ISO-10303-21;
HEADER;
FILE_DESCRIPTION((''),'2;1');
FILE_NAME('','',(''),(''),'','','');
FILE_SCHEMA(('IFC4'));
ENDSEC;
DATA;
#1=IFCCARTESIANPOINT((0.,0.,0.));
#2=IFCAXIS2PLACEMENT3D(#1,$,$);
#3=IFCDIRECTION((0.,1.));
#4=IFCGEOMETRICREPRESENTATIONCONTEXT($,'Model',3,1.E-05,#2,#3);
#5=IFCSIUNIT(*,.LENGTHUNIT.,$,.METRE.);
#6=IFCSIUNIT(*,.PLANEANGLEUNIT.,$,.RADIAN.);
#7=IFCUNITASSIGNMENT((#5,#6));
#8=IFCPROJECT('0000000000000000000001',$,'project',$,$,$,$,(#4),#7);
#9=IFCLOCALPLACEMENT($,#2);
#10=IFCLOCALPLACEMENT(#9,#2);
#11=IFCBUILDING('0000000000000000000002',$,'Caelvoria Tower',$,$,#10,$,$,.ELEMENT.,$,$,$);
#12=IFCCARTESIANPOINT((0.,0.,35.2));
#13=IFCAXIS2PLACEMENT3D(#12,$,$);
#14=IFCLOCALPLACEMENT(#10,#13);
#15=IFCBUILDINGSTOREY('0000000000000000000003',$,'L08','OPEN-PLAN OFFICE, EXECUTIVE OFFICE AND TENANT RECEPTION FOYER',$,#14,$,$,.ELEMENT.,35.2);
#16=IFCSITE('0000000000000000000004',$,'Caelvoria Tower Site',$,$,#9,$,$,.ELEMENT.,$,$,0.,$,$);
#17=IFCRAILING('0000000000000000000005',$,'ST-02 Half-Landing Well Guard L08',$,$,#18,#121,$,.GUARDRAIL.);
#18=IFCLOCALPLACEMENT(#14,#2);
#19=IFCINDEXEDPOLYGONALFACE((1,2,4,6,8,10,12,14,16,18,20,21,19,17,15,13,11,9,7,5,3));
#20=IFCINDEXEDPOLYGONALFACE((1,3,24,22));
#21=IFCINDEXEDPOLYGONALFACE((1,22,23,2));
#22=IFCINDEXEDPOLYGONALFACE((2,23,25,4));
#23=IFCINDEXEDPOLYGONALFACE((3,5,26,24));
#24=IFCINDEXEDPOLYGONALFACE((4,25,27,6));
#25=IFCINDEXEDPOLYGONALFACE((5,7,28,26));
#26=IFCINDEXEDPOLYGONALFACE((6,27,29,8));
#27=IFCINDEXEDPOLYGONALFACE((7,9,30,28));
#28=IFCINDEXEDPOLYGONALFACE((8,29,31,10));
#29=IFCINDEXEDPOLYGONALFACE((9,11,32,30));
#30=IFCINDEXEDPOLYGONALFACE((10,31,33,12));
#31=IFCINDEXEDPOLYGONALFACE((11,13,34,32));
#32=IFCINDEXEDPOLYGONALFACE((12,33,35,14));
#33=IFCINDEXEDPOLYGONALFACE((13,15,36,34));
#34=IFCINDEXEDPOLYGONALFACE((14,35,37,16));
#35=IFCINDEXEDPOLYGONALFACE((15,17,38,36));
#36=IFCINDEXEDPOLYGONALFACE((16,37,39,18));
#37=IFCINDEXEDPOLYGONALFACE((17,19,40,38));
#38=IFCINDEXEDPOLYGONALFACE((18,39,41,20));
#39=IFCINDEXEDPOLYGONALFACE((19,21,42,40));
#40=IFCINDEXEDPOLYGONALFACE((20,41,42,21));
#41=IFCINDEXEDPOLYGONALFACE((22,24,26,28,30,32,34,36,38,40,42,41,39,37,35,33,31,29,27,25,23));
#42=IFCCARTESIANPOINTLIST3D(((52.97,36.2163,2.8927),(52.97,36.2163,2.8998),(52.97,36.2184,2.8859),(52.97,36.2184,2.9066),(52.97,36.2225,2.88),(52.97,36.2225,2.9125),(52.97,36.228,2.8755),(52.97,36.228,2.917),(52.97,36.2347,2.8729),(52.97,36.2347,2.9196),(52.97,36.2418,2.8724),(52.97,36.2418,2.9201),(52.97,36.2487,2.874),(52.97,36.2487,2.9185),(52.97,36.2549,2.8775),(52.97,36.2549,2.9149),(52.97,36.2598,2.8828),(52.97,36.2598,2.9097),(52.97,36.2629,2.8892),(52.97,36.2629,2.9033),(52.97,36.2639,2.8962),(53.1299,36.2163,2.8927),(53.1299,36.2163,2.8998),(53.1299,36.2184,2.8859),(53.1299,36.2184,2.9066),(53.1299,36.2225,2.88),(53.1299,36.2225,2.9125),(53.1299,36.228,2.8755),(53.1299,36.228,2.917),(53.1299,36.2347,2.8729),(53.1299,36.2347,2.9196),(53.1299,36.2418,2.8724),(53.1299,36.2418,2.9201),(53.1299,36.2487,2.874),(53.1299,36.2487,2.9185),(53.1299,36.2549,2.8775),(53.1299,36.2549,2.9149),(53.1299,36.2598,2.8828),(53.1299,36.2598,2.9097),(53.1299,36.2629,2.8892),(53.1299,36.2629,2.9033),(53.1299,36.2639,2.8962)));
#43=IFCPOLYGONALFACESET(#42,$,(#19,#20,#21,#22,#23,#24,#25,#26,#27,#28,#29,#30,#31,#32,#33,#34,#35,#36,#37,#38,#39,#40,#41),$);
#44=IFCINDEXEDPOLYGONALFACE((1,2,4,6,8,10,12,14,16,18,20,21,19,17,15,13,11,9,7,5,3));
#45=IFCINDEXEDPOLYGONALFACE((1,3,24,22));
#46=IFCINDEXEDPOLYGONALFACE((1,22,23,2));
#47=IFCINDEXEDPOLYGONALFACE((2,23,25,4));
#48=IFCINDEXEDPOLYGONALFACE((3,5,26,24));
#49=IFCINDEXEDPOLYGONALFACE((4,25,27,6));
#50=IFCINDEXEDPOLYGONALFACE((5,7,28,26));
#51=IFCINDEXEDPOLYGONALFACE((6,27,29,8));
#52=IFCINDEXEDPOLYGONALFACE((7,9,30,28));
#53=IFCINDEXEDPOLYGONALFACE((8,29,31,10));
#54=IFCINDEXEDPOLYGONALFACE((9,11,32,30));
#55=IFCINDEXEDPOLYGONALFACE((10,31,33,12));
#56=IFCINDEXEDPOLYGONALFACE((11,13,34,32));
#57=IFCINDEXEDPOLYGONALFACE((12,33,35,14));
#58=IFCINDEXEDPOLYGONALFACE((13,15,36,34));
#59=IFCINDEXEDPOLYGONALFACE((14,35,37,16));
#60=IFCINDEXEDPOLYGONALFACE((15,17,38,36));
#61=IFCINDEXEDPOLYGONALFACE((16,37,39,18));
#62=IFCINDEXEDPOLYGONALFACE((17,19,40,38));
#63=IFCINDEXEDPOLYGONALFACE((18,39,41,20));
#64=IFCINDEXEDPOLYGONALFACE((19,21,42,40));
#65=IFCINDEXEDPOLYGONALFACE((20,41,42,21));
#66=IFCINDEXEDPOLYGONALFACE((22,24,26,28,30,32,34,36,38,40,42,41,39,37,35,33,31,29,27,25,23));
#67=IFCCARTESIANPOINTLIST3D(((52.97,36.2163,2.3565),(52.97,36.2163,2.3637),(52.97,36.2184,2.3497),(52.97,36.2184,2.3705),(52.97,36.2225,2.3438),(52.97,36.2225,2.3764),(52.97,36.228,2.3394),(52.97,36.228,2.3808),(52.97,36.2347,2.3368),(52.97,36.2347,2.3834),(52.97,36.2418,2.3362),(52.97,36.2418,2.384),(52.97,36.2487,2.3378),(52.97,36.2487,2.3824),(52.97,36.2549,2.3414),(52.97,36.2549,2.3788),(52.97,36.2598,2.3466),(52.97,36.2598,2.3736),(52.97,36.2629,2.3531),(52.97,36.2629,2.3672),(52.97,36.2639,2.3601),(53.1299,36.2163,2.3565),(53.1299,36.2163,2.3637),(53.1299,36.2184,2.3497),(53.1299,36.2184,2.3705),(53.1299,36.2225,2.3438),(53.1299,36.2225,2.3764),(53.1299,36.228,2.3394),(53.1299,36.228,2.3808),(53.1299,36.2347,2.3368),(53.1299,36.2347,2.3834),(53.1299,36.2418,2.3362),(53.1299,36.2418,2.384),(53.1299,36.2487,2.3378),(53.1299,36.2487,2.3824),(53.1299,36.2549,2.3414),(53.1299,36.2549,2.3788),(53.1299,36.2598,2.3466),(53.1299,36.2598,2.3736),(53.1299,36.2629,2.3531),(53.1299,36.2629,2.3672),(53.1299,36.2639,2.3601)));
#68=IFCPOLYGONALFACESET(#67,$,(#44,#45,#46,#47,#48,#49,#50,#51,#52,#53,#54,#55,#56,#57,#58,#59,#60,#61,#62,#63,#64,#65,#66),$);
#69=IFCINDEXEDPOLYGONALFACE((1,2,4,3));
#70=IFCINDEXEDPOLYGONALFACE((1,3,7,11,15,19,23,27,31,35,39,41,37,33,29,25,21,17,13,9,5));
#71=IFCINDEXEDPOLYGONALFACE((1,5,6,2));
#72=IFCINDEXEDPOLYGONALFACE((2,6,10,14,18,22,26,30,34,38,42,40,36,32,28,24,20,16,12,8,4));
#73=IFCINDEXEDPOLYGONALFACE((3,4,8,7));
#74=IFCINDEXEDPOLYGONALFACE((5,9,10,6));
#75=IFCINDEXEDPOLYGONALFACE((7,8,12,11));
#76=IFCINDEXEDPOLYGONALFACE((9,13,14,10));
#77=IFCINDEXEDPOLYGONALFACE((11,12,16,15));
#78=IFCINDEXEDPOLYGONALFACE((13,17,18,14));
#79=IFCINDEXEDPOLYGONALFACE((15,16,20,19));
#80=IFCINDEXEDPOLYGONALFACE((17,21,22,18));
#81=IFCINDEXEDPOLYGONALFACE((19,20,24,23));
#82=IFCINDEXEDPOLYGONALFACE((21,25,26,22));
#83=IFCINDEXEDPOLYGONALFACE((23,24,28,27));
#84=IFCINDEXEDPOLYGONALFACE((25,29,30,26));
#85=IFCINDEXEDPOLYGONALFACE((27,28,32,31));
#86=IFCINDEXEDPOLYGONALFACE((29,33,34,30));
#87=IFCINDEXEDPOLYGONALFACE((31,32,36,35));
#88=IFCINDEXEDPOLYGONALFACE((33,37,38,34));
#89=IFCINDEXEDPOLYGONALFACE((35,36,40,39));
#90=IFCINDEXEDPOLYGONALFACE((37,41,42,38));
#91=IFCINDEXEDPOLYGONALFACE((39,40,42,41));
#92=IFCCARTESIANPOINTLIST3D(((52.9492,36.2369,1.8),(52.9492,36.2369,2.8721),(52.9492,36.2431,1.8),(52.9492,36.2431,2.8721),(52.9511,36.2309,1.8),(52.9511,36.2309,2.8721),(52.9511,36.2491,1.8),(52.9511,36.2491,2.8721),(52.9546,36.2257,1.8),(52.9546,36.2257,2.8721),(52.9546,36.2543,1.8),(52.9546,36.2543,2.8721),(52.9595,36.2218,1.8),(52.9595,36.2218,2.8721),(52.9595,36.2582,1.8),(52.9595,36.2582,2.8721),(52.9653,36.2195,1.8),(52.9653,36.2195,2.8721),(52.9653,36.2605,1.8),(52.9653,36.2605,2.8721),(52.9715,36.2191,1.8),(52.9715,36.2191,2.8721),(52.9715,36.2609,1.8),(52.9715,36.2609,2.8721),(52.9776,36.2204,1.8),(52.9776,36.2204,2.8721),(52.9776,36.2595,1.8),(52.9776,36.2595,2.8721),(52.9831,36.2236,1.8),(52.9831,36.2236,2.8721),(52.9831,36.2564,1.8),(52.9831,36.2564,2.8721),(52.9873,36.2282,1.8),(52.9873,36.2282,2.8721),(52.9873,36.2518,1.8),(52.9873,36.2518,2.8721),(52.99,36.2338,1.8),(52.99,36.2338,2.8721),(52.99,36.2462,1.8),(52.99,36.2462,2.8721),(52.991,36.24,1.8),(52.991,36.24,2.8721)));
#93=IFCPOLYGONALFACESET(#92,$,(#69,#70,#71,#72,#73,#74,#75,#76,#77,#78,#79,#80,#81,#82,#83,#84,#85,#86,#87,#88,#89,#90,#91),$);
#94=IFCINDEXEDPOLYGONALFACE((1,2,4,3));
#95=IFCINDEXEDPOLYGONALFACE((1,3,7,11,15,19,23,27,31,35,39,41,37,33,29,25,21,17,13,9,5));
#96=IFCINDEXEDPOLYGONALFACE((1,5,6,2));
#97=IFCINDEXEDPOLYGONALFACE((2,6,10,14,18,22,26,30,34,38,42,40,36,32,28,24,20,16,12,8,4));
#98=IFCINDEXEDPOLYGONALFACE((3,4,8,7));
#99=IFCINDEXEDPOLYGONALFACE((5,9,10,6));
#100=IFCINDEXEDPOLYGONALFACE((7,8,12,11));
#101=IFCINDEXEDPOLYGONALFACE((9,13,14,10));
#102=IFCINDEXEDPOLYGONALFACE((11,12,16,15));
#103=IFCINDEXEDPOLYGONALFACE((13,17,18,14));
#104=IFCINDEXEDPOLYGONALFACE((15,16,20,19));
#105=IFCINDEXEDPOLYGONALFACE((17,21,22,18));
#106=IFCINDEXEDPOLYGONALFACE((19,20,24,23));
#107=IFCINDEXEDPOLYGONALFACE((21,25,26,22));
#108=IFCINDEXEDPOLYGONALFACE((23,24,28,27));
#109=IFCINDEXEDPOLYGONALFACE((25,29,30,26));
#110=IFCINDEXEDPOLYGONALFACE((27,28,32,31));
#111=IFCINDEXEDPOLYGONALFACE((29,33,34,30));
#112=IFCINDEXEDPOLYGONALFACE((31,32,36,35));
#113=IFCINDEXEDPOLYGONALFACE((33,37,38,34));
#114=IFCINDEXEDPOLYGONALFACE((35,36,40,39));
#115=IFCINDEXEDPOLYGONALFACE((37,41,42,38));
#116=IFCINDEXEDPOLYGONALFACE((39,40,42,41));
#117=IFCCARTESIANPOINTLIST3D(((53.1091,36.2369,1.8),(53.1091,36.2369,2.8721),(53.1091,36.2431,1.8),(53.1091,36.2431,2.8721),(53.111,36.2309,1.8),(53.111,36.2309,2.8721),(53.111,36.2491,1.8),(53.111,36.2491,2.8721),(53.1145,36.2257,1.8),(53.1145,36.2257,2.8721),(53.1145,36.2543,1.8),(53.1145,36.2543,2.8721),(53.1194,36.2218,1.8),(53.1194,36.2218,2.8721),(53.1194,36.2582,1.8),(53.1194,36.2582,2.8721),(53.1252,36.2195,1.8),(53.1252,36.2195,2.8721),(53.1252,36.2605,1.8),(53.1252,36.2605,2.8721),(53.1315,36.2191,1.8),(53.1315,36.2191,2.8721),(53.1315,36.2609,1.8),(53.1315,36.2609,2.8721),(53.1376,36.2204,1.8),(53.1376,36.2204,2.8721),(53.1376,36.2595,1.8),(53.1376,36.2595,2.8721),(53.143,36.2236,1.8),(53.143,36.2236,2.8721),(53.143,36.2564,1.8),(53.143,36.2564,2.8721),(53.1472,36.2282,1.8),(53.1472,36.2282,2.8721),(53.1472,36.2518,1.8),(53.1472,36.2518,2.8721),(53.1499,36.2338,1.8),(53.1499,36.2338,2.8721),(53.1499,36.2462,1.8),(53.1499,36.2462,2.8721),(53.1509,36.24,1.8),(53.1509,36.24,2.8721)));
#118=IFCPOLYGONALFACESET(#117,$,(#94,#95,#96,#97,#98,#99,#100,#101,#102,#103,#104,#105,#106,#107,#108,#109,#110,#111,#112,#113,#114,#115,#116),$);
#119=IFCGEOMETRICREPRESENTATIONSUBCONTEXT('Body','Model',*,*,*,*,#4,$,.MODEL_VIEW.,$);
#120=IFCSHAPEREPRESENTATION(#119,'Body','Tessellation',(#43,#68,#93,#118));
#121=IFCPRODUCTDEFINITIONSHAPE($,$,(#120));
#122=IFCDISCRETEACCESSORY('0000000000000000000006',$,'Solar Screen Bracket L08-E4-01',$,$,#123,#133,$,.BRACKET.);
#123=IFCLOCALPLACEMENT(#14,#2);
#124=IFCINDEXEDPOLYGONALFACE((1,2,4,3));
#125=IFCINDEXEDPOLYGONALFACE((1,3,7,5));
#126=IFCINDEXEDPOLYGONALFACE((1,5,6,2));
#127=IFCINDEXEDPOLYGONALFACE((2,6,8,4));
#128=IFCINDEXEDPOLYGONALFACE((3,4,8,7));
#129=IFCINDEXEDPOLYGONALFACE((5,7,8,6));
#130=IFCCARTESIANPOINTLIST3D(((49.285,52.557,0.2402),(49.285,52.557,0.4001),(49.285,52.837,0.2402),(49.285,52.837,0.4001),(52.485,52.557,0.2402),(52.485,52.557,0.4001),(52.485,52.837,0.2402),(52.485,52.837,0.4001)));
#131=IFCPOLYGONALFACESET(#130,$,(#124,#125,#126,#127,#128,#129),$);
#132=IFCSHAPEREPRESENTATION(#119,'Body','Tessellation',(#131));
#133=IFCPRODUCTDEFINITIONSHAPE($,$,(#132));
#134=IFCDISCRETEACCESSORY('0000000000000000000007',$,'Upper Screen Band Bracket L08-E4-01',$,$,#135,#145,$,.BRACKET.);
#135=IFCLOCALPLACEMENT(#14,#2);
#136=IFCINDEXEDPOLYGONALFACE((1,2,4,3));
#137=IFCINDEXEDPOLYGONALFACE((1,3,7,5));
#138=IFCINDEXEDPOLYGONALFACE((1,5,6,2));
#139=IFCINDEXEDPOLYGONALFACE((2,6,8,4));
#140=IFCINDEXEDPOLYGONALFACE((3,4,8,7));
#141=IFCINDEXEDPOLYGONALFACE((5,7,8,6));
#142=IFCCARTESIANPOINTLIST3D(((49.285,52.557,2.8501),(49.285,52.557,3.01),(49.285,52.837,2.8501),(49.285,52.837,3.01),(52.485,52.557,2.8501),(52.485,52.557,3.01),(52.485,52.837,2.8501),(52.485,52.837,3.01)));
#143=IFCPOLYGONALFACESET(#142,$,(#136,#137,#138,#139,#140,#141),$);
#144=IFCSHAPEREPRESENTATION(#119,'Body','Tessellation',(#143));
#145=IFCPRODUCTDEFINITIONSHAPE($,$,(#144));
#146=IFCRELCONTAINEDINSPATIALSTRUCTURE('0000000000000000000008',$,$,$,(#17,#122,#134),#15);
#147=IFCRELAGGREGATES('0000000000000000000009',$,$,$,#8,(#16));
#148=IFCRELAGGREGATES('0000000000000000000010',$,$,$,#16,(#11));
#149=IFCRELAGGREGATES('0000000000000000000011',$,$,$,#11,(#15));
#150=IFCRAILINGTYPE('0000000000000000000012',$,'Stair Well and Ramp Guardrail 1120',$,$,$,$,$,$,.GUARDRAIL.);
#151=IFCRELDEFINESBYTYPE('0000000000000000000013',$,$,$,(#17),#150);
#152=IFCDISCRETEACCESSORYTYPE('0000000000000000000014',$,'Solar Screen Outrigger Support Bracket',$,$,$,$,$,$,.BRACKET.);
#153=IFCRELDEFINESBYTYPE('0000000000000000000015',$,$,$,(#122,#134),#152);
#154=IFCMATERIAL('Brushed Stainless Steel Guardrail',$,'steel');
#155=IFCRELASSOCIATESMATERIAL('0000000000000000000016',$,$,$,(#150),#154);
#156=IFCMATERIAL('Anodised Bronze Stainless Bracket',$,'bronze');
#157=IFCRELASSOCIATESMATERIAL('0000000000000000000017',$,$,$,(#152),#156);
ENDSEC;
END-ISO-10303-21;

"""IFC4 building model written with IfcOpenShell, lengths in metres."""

from ifc_helpers import new_model, si_unit, direction, frame, origin, origin_2d, place, context, subcontext, project, spatial, rectangle, circle, extrude, material, type_object, element, save


model = new_model("IFC4")

# Units and contexts
model_context = context("Model", 3, precision=1e-05, world=origin(), true_north=direction((0.0, 1.0)))
body_context = subcontext(model_context, "Body", "Model", "MODEL_VIEW")
ifc_project = project(units=[si_unit("LENGTHUNIT", "METRE"), si_unit("PLANEANGLEUNIT", "RADIAN")], contexts=[model_context])

# Site, building, storey
site_placement = place(None, origin())
site = spatial("IfcSite", under=ifc_project, at=site_placement, Name="Caelvoria Tower Site", CompositionType="ELEMENT", RefElevation=0.0)
building_placement = place(site_placement, origin())
building = spatial("IfcBuilding", under=site, at=building_placement, Name="Caelvoria Tower", CompositionType="ELEMENT")
storey_placement = place(building_placement, frame((0.0, 0.0, 35.2)))
storey = spatial("IfcBuildingStorey", under=building, at=storey_placement, Name="L08", Description="OPEN-PLAN OFFICE, EXECUTIVE OFFICE AND TENANT RECEPTION FOYER", CompositionType="ELEMENT", Elevation=35.2)

# Railing
ifc_material_1 = material(Name="Brushed Stainless Steel Guardrail", Category="steel")
railing_type_1 = type_object("IfcRailingType", Name="Stair Well and Ramp Guardrail 1120", PredefinedType="GUARDRAIL", material=ifc_material_1)
railing_1_placement = place(storey_placement, frame((52.97, 36.24, 1.8)))
element("IfcRailing", 1, at=railing_1_placement, inside=storey, type_object=railing_type_1, Name="ST-02 Half-Landing Well Guard L08", PredefinedType="GUARDRAIL", context=body_context, shape_type="SweptSolid", body=[
    extrude(circle(Radius=0.0239, at=origin_2d()), frame((0.0, 0.0, 1.0962), z_axis=(1.0, 0.0, 0.0), x_axis=(0.0, 1.0, 0.0)), (0.0, 0.0, 1.0), 0.1599),
    extrude(circle(Radius=0.0239, at=origin_2d()), frame((0.0, 0.0, 0.5601), z_axis=(1.0, 0.0, 0.0), x_axis=(0.0, 1.0, 0.0)), (0.0, 0.0, 1.0), 0.1599),
    extrude(circle(Radius=0.021, at=origin_2d()), origin(), (0.0, 0.0, 1.0), 1.072),
    extrude(circle(Radius=0.021, at=origin_2d()), frame((0.1599, 0.0, 0.0)), (0.0, 0.0, 1.0), 1.072),
])

# Discrete accessories
ifc_material_2 = material(Name="Anodised Bronze Stainless Bracket", Category="bronze")
discrete_accessory_type = type_object("IfcDiscreteAccessoryType", Name="Solar Screen Outrigger Support Bracket", PredefinedType="BRACKET", material=ifc_material_2)
for number, where, z_axis, x_axis, name in (
    (2, (50.885, 52.697, 0.2402), (0.0, 0.0, 1.0), (-1.0, 0.0, 0.0), "Solar Screen Bracket L08-E4-01"),
    (3, (50.885, 52.697, 2.8501), (0.0, 0.0, 1.0), (-1.0, 0.0, 0.0), "Upper Screen Band Bracket L08-E4-01"),
):
    element("IfcDiscreteAccessory", number, at=place(storey_placement, frame(where, z_axis=z_axis, x_axis=x_axis)), inside=storey, type_object=discrete_accessory_type, Name=name, PredefinedType="BRACKET", context=body_context, shape_type="SweptSolid", body=[
        extrude(rectangle(XDim=3.2, YDim=0.28, at=origin_2d()), origin(), (0.0, 0.0, 1.0), 0.1599),
    ])

save(model, "model.ifc")
